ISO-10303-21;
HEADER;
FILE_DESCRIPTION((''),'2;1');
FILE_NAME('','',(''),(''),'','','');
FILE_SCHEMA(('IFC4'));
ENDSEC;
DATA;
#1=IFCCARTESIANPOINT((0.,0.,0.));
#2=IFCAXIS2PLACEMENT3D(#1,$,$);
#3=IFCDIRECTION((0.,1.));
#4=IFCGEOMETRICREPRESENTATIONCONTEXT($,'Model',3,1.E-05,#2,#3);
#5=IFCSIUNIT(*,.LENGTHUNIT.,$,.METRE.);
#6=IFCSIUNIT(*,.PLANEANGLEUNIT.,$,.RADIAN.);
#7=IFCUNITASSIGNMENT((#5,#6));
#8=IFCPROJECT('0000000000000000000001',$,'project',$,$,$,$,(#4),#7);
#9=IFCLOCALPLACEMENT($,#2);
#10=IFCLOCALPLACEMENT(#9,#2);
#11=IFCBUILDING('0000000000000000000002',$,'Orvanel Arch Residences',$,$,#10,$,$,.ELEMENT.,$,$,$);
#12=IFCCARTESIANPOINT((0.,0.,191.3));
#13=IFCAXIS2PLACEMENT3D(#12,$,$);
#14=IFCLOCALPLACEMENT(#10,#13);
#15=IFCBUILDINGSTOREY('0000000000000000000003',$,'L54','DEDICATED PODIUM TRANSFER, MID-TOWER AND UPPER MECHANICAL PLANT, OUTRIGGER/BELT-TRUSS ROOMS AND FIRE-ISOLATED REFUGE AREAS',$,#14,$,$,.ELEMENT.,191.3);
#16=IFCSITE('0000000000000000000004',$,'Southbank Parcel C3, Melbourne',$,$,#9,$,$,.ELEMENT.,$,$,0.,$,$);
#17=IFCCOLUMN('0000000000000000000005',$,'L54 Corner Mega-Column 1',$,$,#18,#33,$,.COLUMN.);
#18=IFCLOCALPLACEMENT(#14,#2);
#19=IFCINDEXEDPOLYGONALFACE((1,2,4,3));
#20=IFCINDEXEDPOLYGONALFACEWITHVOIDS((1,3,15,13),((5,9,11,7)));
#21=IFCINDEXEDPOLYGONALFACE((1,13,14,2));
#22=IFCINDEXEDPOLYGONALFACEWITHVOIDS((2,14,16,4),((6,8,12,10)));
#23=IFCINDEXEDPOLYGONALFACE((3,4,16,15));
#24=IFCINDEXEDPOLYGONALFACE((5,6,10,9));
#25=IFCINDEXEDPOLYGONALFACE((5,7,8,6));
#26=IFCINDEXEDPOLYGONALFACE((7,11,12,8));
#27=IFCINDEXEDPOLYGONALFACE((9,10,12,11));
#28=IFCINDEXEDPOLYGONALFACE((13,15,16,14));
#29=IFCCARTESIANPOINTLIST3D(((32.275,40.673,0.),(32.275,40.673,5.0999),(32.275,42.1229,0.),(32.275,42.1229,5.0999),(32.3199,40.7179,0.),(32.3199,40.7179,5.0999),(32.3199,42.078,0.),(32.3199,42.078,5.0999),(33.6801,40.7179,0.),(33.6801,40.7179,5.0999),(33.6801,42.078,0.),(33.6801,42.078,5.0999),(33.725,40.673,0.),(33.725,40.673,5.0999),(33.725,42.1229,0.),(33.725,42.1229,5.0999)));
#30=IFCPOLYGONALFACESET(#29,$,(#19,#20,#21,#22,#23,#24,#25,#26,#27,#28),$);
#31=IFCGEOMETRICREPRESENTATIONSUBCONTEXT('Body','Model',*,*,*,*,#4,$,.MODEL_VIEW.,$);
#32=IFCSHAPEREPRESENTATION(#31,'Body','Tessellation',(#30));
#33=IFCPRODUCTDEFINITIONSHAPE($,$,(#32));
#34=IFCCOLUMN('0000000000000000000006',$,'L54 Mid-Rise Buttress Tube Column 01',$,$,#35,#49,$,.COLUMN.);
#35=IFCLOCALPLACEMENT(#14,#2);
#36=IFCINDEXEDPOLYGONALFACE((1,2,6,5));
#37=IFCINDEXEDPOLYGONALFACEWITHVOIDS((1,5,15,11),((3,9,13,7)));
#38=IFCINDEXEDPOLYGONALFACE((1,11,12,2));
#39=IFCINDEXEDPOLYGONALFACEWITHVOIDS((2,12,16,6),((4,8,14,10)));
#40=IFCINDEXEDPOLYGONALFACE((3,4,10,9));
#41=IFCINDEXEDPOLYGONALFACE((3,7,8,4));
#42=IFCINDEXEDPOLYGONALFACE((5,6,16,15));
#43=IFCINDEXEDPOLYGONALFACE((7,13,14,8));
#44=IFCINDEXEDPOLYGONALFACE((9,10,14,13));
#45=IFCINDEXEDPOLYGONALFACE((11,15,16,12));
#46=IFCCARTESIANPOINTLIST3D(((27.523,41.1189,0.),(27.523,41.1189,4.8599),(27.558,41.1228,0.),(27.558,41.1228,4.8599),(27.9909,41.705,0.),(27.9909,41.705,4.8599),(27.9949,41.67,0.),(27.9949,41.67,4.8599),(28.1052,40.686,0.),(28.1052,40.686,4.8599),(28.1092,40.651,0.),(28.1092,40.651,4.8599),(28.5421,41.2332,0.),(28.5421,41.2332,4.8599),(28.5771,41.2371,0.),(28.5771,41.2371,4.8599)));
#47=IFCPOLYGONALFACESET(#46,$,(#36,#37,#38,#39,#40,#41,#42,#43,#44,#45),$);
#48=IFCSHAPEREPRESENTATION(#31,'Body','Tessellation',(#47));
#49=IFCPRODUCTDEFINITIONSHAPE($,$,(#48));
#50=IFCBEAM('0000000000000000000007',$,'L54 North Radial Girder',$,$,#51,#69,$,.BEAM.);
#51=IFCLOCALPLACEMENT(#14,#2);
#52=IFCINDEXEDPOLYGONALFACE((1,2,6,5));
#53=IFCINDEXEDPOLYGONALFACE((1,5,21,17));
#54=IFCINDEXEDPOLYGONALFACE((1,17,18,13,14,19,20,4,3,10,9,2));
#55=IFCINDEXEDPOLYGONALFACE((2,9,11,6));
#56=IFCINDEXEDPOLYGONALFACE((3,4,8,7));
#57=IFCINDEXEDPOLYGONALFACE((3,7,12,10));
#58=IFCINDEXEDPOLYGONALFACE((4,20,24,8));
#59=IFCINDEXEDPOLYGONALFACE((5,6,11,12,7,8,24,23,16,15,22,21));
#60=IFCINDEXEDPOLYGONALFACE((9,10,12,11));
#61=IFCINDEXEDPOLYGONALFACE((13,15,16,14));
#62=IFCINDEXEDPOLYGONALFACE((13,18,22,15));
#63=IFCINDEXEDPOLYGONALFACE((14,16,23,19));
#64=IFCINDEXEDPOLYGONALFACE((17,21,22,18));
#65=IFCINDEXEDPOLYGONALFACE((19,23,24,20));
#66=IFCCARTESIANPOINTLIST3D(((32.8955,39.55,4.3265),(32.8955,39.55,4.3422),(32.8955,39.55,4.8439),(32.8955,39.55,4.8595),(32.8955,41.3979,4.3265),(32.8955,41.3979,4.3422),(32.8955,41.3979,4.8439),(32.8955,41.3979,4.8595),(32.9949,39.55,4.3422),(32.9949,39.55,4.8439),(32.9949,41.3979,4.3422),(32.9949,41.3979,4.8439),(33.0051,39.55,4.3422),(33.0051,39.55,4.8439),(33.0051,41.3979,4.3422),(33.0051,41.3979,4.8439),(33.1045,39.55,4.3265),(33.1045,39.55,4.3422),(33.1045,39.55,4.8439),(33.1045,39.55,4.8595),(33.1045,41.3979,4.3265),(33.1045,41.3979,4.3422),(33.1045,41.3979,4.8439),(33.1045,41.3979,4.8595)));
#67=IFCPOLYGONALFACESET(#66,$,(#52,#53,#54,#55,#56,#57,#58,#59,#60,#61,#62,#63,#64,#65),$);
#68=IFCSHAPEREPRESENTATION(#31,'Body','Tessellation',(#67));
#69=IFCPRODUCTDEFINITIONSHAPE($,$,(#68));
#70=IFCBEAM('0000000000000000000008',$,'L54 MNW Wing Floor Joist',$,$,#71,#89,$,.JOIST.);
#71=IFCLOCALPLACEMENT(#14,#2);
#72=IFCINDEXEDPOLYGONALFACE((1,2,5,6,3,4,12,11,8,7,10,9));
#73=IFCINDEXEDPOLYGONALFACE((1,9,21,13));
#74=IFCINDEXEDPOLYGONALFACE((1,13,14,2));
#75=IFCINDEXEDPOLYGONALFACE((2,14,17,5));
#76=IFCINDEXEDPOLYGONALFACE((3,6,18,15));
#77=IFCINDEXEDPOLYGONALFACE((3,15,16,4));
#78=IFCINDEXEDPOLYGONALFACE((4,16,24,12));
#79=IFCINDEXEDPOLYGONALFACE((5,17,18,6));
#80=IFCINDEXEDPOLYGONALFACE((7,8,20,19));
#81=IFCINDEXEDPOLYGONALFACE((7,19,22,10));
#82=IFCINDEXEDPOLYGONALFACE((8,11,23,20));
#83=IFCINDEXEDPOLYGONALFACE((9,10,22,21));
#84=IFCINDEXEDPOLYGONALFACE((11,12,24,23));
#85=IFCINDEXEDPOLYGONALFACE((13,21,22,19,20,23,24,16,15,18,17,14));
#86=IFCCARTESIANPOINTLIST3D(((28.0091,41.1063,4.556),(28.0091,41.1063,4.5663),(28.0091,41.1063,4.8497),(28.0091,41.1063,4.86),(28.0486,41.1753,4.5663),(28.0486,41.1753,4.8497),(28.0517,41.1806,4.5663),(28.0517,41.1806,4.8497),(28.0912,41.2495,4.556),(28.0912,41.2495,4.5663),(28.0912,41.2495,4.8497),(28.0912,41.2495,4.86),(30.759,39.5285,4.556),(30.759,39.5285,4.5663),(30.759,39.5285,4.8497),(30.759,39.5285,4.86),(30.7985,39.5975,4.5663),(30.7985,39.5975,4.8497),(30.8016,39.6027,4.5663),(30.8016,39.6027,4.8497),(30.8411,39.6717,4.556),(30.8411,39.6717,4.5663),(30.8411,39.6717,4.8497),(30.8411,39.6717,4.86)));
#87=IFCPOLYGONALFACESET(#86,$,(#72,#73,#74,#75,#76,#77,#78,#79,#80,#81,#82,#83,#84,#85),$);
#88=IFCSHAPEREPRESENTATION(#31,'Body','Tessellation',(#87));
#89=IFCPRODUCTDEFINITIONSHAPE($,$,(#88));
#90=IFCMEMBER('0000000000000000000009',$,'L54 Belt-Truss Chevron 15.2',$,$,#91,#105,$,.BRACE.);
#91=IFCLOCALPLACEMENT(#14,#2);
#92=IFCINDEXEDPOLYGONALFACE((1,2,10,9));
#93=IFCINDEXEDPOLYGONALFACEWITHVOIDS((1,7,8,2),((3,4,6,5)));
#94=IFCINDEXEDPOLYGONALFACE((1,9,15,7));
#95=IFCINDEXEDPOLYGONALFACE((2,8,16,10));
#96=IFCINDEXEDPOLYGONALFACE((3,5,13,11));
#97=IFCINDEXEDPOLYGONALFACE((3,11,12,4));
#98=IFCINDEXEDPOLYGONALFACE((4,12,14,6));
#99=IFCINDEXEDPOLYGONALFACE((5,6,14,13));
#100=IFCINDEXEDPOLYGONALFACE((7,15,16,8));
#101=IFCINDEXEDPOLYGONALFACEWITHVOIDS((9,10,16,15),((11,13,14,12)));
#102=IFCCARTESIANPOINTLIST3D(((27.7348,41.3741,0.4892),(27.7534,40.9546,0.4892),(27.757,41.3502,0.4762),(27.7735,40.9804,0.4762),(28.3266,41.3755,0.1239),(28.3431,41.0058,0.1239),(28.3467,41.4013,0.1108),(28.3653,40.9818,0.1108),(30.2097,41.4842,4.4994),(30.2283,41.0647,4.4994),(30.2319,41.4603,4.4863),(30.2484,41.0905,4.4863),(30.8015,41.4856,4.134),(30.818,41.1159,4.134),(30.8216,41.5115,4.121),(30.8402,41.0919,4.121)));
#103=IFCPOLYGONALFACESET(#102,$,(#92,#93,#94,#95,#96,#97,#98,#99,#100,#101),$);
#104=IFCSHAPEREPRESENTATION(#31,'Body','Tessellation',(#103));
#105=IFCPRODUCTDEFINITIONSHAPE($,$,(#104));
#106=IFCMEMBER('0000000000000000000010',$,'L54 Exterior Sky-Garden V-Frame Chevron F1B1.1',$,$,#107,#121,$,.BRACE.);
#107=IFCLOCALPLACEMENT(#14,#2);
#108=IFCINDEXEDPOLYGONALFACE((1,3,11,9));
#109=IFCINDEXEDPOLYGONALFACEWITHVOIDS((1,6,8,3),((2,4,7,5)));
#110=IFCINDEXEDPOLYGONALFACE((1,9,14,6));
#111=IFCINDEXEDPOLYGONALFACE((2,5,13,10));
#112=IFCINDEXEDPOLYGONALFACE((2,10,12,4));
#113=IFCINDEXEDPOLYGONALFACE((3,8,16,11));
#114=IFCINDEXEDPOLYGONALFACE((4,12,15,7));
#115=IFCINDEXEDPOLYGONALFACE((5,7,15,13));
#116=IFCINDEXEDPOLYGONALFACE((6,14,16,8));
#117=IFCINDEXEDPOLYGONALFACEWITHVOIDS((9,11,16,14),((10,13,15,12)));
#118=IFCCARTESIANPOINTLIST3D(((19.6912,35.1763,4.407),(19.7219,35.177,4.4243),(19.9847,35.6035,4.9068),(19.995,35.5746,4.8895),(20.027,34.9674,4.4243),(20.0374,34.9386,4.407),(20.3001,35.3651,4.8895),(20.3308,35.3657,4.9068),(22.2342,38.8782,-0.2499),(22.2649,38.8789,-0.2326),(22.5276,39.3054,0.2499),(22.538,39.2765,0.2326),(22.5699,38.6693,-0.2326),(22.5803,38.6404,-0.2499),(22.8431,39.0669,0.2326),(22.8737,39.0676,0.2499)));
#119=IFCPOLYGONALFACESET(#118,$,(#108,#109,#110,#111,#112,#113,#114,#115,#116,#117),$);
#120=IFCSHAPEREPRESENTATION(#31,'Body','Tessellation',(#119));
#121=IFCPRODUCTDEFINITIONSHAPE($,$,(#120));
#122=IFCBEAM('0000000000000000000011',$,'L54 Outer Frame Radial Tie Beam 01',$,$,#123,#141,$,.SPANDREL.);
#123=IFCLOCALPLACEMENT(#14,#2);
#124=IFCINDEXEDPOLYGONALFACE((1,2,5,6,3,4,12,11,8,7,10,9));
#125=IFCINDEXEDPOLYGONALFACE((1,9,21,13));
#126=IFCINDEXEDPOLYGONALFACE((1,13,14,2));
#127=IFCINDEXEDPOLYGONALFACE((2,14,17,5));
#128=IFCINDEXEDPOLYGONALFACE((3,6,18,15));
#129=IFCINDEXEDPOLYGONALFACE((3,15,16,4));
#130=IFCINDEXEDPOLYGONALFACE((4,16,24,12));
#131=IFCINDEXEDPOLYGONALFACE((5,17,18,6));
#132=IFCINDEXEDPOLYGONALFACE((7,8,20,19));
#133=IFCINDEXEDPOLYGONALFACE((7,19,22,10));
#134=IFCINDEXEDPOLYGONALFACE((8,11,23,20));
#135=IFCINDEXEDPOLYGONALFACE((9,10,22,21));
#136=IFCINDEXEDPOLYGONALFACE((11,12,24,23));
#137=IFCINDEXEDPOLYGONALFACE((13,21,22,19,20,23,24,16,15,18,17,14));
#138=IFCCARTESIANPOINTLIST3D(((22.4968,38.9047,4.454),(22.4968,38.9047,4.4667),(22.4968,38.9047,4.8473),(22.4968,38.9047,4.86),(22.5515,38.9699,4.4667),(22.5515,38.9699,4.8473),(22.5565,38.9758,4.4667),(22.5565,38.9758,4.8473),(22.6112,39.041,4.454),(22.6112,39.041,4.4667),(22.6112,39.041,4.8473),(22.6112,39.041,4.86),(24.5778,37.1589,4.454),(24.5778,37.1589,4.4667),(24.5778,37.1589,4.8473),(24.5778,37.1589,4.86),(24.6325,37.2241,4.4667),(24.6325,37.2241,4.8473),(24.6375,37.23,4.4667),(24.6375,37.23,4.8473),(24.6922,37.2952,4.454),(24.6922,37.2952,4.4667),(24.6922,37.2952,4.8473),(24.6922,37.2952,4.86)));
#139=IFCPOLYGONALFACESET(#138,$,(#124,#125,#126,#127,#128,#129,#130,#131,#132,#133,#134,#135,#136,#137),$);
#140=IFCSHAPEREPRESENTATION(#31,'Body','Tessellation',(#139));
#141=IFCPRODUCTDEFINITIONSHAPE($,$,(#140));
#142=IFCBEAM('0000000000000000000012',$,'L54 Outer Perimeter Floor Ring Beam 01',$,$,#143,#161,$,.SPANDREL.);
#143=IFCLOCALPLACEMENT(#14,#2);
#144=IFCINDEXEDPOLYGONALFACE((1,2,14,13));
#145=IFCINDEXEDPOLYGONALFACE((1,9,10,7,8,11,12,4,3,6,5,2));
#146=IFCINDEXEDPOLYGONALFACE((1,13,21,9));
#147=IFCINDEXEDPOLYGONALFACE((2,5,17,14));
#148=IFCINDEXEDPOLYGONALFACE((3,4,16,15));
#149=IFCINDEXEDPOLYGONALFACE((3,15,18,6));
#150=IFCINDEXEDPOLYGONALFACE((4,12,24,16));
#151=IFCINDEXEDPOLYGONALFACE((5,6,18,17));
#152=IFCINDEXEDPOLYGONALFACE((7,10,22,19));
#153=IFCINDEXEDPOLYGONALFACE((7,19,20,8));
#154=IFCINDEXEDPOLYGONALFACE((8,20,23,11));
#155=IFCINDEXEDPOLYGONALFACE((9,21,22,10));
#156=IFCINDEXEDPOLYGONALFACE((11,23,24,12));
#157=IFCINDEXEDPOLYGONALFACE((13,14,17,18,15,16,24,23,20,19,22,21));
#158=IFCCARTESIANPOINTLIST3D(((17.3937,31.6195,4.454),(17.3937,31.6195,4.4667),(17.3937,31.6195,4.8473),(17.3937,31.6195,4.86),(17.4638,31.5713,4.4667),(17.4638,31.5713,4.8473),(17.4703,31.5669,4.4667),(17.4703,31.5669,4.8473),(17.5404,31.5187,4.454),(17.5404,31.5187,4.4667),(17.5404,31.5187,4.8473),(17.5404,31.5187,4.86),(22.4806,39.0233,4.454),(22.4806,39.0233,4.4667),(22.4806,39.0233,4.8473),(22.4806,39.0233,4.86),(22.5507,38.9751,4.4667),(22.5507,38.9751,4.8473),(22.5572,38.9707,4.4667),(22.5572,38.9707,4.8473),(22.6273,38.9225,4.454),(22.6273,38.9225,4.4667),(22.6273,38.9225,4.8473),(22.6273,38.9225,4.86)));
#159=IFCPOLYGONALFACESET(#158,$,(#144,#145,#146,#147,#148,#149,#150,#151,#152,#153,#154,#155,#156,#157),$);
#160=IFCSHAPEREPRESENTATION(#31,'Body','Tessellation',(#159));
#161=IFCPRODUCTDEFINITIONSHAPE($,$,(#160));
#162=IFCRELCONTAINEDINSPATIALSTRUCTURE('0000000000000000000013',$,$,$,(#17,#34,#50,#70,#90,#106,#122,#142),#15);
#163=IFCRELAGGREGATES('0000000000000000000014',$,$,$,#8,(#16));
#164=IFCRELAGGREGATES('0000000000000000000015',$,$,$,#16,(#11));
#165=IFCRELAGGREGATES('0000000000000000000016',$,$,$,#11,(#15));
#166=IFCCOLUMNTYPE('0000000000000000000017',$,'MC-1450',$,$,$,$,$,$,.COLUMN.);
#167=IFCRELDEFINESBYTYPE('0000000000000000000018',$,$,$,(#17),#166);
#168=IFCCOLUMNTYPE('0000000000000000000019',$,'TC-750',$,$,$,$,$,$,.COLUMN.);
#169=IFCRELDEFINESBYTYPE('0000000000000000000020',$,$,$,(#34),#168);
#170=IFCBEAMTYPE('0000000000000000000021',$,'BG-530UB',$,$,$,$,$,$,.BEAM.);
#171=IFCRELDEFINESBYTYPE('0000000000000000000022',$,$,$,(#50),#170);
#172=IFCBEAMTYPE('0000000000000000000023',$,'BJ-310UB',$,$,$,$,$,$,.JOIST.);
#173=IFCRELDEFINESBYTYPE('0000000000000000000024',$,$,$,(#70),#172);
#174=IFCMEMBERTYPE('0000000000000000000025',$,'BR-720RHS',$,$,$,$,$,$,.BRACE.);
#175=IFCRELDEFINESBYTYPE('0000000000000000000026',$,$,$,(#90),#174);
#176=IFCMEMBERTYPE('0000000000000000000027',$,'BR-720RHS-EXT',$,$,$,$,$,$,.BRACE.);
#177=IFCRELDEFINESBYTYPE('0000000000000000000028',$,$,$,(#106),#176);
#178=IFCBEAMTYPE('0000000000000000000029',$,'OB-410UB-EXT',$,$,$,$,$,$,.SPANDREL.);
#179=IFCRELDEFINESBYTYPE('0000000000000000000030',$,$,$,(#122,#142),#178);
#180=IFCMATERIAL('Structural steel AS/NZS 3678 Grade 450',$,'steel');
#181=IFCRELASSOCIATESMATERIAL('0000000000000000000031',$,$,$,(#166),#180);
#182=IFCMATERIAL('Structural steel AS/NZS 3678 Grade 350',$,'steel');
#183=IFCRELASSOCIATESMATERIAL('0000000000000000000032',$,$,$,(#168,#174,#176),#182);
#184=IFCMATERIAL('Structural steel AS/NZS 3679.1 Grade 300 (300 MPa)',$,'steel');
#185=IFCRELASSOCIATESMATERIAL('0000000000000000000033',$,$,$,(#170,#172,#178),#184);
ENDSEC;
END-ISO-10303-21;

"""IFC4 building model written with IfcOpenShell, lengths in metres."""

from ifc_helpers import new_model, si_unit, direction, frame, origin, origin_2d, place, context, subcontext, project, spatial, hollow_rectangle, i_section, extrude, material, material_profile, profile_set, type_object, element, save


model = new_model("IFC4")

# Units and contexts
model_context = context("Model", 3, precision=1e-05, world=origin(), true_north=direction((0.0, 1.0)))
body_context = subcontext(model_context, "Body", "Model", "MODEL_VIEW")
ifc_project = project(units=[si_unit("LENGTHUNIT", "METRE"), si_unit("PLANEANGLEUNIT", "RADIAN")], contexts=[model_context])

# Site, building, storey
site_placement = place(None, origin())
site = spatial("IfcSite", under=ifc_project, at=site_placement, Name="Southbank Parcel C3, Melbourne", CompositionType="ELEMENT", RefElevation=0.0)
building_placement = place(site_placement, origin())
building = spatial("IfcBuilding", under=site, at=building_placement, Name="Orvanel Arch Residences", CompositionType="ELEMENT")
storey_placement = place(building_placement, frame((0.0, 0.0, 191.3)))
storey = spatial("IfcBuildingStorey", under=building, at=storey_placement, Name="L54", Description="DEDICATED PODIUM TRANSFER, MID-TOWER AND UPPER MECHANICAL PLANT, OUTRIGGER/BELT-TRUSS ROOMS AND FIRE-ISOLATED REFUGE AREAS", CompositionType="ELEMENT", Elevation=191.3)

# Columns
ifc_material_1 = material(Name="Structural steel AS/NZS 3678 Grade 450", Category="steel")
ifc_material_profile_1 = material_profile(ifc_material_1, hollow_rectangle(XDim=1.45, YDim=1.45, WallThickness=0.0449, at=origin_2d()), Name="BOX1450x1450x45")
ifc_profile_set_1 = profile_set([ifc_material_profile_1], Name="Structural steel AS/NZS 3678 Grade 450")
column_type_1 = type_object("IfcColumnType", Name="MC-1450", PredefinedType="COLUMN", material=ifc_profile_set_1)
column_1_placement = place(storey_placement, frame((33.0, 41.3979, 0.0), z_axis=(0.0, 0.0, 1.0), x_axis=(1.0, 0.0, 0.0)))
element("IfcColumn", 1, at=column_1_placement, inside=storey, type_object=column_type_1, Name="L54 Corner Mega-Column 1", PredefinedType="COLUMN", context=body_context, shape_type="SweptSolid", body=[
    extrude(hollow_rectangle(XDim=1.45, YDim=1.45, WallThickness=0.0449, at=origin_2d()), origin(), (0.0, 0.0, 1.0), 5.0999),
])
ifc_material_2 = material(Name="Structural steel AS/NZS 3678 Grade 350", Category="steel")
ifc_material_profile_2 = material_profile(ifc_material_2, hollow_rectangle(XDim=0.75, YDim=0.75, WallThickness=0.0249, at=origin_2d()), Name="BOX750x750x25")
ifc_profile_set_2 = profile_set([ifc_material_profile_2], Name="Structural steel AS/NZS 3678 Grade 350")
column_type_2 = type_object("IfcColumnType", Name="TC-750", PredefinedType="COLUMN", material=ifc_profile_set_2)
column_2_placement = place(storey_placement, frame((28.05, 41.178, 0.0), z_axis=(0.0, 0.0, 1.0), x_axis=(0.62388, 0.78152, 0.0)))
element("IfcColumn", 2, at=column_2_placement, inside=storey, type_object=column_type_2, Name="L54 Mid-Rise Buttress Tube Column 01", PredefinedType="COLUMN", context=body_context, shape_type="SweptSolid", body=[
    extrude(hollow_rectangle(XDim=0.75, YDim=0.75, WallThickness=0.0249, at=origin_2d()), origin(), (0.0, 0.0, 1.0), 4.8599),
])

# Beams
ifc_material_3 = material(Name="Structural steel AS/NZS 3679.1 Grade 300 (300 MPa)", Category="steel")
ifc_material_profile_3 = material_profile(ifc_material_3, i_section(OverallWidth=0.209, OverallDepth=0.533, WebThickness=0.0103, FlangeThickness=0.0156, at=origin_2d()), Name="530UB92.4")
ifc_profile_set_3 = profile_set([ifc_material_profile_3], Name="Structural steel AS/NZS 3679.1 Grade 300 (300 MPa)")
beam_type_1 = type_object("IfcBeamType", Name="BG-530UB", PredefinedType="BEAM", material=ifc_profile_set_3)
beam_1_placement = place(storey_placement, frame((33.0, 39.55, 4.593), z_axis=(0.0, 1.0, 0.0), x_axis=(-1.0, 0.0, 0.0)))
element("IfcBeam", 3, at=beam_1_placement, inside=storey, type_object=beam_type_1, Name="L54 North Radial Girder", PredefinedType="BEAM", context=body_context, shape_type="SweptSolid", body=[
    extrude(i_section(OverallWidth=0.209, OverallDepth=0.533, WebThickness=0.0103, FlangeThickness=0.0156, at=origin_2d()), origin(), (0.0, 0.0, 1.0), 1.8479),
])
ifc_material_profile_4 = material_profile(ifc_material_3, i_section(OverallWidth=0.165, OverallDepth=0.304, WebThickness=0.0061, FlangeThickness=0.0103, at=origin_2d()), Name="310UB40.4")
ifc_profile_set_4 = profile_set([ifc_material_profile_4], Name="Structural steel AS/NZS 3679.1 Grade 300 (300 MPa)")
beam_type_2 = type_object("IfcBeamType", Name="BJ-310UB", PredefinedType="JOIST", material=ifc_profile_set_4)
beam_2_placement = place(storey_placement, frame((30.8, 39.6001, 4.708), z_axis=(-0.867365, 0.497672, 0.0), x_axis=(-0.497672, -0.867365, 0.0)))
element("IfcBeam", 4, at=beam_2_placement, inside=storey, type_object=beam_type_2, Name="L54 MNW Wing Floor Joist", PredefinedType="JOIST", context=body_context, shape_type="SweptSolid", body=[
    extrude(i_section(OverallWidth=0.165, OverallDepth=0.304, WebThickness=0.0061, FlangeThickness=0.0103, at=origin_2d()), origin(), (0.0, 0.0, 1.0), 3.1704),
])

# Members
ifc_material_profile_5 = material_profile(ifc_material_2, hollow_rectangle(XDim=0.4199, YDim=0.72, WallThickness=0.0249, at=origin_2d()), Name="RHS720x420x25")
ifc_profile_set_5 = profile_set([ifc_material_profile_5], Name="Structural steel AS/NZS 3678 Grade 350")
member_type_1 = type_object("IfcMemberType", Name="BR-720RHS", PredefinedType="BRACE", material=ifc_profile_set_5)
member_1_placement = place(storey_placement, frame((28.05, 41.178, 0.3), z_axis=(0.525055, 0.02336, 0.850748), x_axis=(-0.044447, 0.999012, 0.0)))
element("IfcMember", 5, at=member_1_placement, inside=storey, type_object=member_type_1, Name="L54 Belt-Truss Chevron 15.2", PredefinedType="BRACE", context=body_context, shape_type="SweptSolid", body=[
    extrude(hollow_rectangle(XDim=0.4199, YDim=0.72, WallThickness=0.0249, at=origin_2d()), origin(), (0.0, 0.0, 1.0), 4.7136),
])
ifc_material_profile_6 = material_profile(ifc_material_2, hollow_rectangle(XDim=0.4199, YDim=0.72, WallThickness=0.0249, at=origin_2d()), Name="RHS720x420x25")
ifc_profile_set_6 = profile_set([ifc_material_profile_6], Name="Structural steel AS/NZS 3678 Grade 350")
member_type_2 = type_object("IfcMemberType", Name="BR-720RHS-EXT", PredefinedType="BRACE", material=ifc_profile_set_6)
member_2_placement = place(storey_placement, frame((22.554, 38.9729, 0.0), z_axis=(-0.393052, -0.572182, 0.719804), x_axis=(0.824259, -0.566213, 0.0)))
element("IfcMember", 6, at=member_2_placement, inside=storey, type_object=member_type_2, Name="L54 Exterior Sky-Garden V-Frame Chevron F1B1.1", PredefinedType="BRACE", context=body_context, shape_type="SweptSolid", body=[
    extrude(hollow_rectangle(XDim=0.4199, YDim=0.72, WallThickness=0.0249, at=origin_2d()), origin(), (0.0, 0.0, 1.0), 6.4697),
])

# Beams
ifc_material_profile_7 = material_profile(ifc_material_3, i_section(OverallWidth=0.178, OverallDepth=0.406, WebThickness=0.0078, FlangeThickness=0.0127, at=origin_2d()), Name="410UB59.7")
ifc_profile_set_7 = profile_set([ifc_material_profile_7], Name="Structural steel AS/NZS 3679.1 Grade 300 (300 MPa)")
beam_type_3 = type_object("IfcBeamType", Name="OB-410UB-EXT", PredefinedType="SPANDREL", material=ifc_profile_set_7)
beam_3_placement = place(storey_placement, frame((24.635, 37.2271, 4.657), z_axis=(-0.76611, 0.642709, 0.0), x_axis=(-0.642709, -0.76611, 0.0)))
element("IfcBeam", 7, at=beam_3_placement, inside=storey, type_object=beam_type_3, Name="L54 Outer Frame Radial Tie Beam 01", PredefinedType="SPANDREL", context=body_context, shape_type="SweptSolid", body=[
    extrude(i_section(OverallWidth=0.178, OverallDepth=0.406, WebThickness=0.0078, FlangeThickness=0.0127, at=origin_2d()), origin(), (0.0, 0.0, 1.0), 2.7163),
])
beam_4_placement = place(storey_placement, frame((22.554, 38.9729, 4.657), z_axis=(-0.566287, -0.824208, 0.0), x_axis=(0.824208, -0.566287, 0.0)))
element("IfcBeam", 8, at=beam_4_placement, inside=storey, type_object=beam_type_3, Name="L54 Outer Perimeter Floor Ring Beam 01", PredefinedType="SPANDREL", context=body_context, shape_type="SweptSolid", body=[
    extrude(i_section(OverallWidth=0.178, OverallDepth=0.406, WebThickness=0.0078, FlangeThickness=0.0127, at=origin_2d()), origin(), (0.0, 0.0, 1.0), 8.9829),
])

save(model, "model.ifc")
